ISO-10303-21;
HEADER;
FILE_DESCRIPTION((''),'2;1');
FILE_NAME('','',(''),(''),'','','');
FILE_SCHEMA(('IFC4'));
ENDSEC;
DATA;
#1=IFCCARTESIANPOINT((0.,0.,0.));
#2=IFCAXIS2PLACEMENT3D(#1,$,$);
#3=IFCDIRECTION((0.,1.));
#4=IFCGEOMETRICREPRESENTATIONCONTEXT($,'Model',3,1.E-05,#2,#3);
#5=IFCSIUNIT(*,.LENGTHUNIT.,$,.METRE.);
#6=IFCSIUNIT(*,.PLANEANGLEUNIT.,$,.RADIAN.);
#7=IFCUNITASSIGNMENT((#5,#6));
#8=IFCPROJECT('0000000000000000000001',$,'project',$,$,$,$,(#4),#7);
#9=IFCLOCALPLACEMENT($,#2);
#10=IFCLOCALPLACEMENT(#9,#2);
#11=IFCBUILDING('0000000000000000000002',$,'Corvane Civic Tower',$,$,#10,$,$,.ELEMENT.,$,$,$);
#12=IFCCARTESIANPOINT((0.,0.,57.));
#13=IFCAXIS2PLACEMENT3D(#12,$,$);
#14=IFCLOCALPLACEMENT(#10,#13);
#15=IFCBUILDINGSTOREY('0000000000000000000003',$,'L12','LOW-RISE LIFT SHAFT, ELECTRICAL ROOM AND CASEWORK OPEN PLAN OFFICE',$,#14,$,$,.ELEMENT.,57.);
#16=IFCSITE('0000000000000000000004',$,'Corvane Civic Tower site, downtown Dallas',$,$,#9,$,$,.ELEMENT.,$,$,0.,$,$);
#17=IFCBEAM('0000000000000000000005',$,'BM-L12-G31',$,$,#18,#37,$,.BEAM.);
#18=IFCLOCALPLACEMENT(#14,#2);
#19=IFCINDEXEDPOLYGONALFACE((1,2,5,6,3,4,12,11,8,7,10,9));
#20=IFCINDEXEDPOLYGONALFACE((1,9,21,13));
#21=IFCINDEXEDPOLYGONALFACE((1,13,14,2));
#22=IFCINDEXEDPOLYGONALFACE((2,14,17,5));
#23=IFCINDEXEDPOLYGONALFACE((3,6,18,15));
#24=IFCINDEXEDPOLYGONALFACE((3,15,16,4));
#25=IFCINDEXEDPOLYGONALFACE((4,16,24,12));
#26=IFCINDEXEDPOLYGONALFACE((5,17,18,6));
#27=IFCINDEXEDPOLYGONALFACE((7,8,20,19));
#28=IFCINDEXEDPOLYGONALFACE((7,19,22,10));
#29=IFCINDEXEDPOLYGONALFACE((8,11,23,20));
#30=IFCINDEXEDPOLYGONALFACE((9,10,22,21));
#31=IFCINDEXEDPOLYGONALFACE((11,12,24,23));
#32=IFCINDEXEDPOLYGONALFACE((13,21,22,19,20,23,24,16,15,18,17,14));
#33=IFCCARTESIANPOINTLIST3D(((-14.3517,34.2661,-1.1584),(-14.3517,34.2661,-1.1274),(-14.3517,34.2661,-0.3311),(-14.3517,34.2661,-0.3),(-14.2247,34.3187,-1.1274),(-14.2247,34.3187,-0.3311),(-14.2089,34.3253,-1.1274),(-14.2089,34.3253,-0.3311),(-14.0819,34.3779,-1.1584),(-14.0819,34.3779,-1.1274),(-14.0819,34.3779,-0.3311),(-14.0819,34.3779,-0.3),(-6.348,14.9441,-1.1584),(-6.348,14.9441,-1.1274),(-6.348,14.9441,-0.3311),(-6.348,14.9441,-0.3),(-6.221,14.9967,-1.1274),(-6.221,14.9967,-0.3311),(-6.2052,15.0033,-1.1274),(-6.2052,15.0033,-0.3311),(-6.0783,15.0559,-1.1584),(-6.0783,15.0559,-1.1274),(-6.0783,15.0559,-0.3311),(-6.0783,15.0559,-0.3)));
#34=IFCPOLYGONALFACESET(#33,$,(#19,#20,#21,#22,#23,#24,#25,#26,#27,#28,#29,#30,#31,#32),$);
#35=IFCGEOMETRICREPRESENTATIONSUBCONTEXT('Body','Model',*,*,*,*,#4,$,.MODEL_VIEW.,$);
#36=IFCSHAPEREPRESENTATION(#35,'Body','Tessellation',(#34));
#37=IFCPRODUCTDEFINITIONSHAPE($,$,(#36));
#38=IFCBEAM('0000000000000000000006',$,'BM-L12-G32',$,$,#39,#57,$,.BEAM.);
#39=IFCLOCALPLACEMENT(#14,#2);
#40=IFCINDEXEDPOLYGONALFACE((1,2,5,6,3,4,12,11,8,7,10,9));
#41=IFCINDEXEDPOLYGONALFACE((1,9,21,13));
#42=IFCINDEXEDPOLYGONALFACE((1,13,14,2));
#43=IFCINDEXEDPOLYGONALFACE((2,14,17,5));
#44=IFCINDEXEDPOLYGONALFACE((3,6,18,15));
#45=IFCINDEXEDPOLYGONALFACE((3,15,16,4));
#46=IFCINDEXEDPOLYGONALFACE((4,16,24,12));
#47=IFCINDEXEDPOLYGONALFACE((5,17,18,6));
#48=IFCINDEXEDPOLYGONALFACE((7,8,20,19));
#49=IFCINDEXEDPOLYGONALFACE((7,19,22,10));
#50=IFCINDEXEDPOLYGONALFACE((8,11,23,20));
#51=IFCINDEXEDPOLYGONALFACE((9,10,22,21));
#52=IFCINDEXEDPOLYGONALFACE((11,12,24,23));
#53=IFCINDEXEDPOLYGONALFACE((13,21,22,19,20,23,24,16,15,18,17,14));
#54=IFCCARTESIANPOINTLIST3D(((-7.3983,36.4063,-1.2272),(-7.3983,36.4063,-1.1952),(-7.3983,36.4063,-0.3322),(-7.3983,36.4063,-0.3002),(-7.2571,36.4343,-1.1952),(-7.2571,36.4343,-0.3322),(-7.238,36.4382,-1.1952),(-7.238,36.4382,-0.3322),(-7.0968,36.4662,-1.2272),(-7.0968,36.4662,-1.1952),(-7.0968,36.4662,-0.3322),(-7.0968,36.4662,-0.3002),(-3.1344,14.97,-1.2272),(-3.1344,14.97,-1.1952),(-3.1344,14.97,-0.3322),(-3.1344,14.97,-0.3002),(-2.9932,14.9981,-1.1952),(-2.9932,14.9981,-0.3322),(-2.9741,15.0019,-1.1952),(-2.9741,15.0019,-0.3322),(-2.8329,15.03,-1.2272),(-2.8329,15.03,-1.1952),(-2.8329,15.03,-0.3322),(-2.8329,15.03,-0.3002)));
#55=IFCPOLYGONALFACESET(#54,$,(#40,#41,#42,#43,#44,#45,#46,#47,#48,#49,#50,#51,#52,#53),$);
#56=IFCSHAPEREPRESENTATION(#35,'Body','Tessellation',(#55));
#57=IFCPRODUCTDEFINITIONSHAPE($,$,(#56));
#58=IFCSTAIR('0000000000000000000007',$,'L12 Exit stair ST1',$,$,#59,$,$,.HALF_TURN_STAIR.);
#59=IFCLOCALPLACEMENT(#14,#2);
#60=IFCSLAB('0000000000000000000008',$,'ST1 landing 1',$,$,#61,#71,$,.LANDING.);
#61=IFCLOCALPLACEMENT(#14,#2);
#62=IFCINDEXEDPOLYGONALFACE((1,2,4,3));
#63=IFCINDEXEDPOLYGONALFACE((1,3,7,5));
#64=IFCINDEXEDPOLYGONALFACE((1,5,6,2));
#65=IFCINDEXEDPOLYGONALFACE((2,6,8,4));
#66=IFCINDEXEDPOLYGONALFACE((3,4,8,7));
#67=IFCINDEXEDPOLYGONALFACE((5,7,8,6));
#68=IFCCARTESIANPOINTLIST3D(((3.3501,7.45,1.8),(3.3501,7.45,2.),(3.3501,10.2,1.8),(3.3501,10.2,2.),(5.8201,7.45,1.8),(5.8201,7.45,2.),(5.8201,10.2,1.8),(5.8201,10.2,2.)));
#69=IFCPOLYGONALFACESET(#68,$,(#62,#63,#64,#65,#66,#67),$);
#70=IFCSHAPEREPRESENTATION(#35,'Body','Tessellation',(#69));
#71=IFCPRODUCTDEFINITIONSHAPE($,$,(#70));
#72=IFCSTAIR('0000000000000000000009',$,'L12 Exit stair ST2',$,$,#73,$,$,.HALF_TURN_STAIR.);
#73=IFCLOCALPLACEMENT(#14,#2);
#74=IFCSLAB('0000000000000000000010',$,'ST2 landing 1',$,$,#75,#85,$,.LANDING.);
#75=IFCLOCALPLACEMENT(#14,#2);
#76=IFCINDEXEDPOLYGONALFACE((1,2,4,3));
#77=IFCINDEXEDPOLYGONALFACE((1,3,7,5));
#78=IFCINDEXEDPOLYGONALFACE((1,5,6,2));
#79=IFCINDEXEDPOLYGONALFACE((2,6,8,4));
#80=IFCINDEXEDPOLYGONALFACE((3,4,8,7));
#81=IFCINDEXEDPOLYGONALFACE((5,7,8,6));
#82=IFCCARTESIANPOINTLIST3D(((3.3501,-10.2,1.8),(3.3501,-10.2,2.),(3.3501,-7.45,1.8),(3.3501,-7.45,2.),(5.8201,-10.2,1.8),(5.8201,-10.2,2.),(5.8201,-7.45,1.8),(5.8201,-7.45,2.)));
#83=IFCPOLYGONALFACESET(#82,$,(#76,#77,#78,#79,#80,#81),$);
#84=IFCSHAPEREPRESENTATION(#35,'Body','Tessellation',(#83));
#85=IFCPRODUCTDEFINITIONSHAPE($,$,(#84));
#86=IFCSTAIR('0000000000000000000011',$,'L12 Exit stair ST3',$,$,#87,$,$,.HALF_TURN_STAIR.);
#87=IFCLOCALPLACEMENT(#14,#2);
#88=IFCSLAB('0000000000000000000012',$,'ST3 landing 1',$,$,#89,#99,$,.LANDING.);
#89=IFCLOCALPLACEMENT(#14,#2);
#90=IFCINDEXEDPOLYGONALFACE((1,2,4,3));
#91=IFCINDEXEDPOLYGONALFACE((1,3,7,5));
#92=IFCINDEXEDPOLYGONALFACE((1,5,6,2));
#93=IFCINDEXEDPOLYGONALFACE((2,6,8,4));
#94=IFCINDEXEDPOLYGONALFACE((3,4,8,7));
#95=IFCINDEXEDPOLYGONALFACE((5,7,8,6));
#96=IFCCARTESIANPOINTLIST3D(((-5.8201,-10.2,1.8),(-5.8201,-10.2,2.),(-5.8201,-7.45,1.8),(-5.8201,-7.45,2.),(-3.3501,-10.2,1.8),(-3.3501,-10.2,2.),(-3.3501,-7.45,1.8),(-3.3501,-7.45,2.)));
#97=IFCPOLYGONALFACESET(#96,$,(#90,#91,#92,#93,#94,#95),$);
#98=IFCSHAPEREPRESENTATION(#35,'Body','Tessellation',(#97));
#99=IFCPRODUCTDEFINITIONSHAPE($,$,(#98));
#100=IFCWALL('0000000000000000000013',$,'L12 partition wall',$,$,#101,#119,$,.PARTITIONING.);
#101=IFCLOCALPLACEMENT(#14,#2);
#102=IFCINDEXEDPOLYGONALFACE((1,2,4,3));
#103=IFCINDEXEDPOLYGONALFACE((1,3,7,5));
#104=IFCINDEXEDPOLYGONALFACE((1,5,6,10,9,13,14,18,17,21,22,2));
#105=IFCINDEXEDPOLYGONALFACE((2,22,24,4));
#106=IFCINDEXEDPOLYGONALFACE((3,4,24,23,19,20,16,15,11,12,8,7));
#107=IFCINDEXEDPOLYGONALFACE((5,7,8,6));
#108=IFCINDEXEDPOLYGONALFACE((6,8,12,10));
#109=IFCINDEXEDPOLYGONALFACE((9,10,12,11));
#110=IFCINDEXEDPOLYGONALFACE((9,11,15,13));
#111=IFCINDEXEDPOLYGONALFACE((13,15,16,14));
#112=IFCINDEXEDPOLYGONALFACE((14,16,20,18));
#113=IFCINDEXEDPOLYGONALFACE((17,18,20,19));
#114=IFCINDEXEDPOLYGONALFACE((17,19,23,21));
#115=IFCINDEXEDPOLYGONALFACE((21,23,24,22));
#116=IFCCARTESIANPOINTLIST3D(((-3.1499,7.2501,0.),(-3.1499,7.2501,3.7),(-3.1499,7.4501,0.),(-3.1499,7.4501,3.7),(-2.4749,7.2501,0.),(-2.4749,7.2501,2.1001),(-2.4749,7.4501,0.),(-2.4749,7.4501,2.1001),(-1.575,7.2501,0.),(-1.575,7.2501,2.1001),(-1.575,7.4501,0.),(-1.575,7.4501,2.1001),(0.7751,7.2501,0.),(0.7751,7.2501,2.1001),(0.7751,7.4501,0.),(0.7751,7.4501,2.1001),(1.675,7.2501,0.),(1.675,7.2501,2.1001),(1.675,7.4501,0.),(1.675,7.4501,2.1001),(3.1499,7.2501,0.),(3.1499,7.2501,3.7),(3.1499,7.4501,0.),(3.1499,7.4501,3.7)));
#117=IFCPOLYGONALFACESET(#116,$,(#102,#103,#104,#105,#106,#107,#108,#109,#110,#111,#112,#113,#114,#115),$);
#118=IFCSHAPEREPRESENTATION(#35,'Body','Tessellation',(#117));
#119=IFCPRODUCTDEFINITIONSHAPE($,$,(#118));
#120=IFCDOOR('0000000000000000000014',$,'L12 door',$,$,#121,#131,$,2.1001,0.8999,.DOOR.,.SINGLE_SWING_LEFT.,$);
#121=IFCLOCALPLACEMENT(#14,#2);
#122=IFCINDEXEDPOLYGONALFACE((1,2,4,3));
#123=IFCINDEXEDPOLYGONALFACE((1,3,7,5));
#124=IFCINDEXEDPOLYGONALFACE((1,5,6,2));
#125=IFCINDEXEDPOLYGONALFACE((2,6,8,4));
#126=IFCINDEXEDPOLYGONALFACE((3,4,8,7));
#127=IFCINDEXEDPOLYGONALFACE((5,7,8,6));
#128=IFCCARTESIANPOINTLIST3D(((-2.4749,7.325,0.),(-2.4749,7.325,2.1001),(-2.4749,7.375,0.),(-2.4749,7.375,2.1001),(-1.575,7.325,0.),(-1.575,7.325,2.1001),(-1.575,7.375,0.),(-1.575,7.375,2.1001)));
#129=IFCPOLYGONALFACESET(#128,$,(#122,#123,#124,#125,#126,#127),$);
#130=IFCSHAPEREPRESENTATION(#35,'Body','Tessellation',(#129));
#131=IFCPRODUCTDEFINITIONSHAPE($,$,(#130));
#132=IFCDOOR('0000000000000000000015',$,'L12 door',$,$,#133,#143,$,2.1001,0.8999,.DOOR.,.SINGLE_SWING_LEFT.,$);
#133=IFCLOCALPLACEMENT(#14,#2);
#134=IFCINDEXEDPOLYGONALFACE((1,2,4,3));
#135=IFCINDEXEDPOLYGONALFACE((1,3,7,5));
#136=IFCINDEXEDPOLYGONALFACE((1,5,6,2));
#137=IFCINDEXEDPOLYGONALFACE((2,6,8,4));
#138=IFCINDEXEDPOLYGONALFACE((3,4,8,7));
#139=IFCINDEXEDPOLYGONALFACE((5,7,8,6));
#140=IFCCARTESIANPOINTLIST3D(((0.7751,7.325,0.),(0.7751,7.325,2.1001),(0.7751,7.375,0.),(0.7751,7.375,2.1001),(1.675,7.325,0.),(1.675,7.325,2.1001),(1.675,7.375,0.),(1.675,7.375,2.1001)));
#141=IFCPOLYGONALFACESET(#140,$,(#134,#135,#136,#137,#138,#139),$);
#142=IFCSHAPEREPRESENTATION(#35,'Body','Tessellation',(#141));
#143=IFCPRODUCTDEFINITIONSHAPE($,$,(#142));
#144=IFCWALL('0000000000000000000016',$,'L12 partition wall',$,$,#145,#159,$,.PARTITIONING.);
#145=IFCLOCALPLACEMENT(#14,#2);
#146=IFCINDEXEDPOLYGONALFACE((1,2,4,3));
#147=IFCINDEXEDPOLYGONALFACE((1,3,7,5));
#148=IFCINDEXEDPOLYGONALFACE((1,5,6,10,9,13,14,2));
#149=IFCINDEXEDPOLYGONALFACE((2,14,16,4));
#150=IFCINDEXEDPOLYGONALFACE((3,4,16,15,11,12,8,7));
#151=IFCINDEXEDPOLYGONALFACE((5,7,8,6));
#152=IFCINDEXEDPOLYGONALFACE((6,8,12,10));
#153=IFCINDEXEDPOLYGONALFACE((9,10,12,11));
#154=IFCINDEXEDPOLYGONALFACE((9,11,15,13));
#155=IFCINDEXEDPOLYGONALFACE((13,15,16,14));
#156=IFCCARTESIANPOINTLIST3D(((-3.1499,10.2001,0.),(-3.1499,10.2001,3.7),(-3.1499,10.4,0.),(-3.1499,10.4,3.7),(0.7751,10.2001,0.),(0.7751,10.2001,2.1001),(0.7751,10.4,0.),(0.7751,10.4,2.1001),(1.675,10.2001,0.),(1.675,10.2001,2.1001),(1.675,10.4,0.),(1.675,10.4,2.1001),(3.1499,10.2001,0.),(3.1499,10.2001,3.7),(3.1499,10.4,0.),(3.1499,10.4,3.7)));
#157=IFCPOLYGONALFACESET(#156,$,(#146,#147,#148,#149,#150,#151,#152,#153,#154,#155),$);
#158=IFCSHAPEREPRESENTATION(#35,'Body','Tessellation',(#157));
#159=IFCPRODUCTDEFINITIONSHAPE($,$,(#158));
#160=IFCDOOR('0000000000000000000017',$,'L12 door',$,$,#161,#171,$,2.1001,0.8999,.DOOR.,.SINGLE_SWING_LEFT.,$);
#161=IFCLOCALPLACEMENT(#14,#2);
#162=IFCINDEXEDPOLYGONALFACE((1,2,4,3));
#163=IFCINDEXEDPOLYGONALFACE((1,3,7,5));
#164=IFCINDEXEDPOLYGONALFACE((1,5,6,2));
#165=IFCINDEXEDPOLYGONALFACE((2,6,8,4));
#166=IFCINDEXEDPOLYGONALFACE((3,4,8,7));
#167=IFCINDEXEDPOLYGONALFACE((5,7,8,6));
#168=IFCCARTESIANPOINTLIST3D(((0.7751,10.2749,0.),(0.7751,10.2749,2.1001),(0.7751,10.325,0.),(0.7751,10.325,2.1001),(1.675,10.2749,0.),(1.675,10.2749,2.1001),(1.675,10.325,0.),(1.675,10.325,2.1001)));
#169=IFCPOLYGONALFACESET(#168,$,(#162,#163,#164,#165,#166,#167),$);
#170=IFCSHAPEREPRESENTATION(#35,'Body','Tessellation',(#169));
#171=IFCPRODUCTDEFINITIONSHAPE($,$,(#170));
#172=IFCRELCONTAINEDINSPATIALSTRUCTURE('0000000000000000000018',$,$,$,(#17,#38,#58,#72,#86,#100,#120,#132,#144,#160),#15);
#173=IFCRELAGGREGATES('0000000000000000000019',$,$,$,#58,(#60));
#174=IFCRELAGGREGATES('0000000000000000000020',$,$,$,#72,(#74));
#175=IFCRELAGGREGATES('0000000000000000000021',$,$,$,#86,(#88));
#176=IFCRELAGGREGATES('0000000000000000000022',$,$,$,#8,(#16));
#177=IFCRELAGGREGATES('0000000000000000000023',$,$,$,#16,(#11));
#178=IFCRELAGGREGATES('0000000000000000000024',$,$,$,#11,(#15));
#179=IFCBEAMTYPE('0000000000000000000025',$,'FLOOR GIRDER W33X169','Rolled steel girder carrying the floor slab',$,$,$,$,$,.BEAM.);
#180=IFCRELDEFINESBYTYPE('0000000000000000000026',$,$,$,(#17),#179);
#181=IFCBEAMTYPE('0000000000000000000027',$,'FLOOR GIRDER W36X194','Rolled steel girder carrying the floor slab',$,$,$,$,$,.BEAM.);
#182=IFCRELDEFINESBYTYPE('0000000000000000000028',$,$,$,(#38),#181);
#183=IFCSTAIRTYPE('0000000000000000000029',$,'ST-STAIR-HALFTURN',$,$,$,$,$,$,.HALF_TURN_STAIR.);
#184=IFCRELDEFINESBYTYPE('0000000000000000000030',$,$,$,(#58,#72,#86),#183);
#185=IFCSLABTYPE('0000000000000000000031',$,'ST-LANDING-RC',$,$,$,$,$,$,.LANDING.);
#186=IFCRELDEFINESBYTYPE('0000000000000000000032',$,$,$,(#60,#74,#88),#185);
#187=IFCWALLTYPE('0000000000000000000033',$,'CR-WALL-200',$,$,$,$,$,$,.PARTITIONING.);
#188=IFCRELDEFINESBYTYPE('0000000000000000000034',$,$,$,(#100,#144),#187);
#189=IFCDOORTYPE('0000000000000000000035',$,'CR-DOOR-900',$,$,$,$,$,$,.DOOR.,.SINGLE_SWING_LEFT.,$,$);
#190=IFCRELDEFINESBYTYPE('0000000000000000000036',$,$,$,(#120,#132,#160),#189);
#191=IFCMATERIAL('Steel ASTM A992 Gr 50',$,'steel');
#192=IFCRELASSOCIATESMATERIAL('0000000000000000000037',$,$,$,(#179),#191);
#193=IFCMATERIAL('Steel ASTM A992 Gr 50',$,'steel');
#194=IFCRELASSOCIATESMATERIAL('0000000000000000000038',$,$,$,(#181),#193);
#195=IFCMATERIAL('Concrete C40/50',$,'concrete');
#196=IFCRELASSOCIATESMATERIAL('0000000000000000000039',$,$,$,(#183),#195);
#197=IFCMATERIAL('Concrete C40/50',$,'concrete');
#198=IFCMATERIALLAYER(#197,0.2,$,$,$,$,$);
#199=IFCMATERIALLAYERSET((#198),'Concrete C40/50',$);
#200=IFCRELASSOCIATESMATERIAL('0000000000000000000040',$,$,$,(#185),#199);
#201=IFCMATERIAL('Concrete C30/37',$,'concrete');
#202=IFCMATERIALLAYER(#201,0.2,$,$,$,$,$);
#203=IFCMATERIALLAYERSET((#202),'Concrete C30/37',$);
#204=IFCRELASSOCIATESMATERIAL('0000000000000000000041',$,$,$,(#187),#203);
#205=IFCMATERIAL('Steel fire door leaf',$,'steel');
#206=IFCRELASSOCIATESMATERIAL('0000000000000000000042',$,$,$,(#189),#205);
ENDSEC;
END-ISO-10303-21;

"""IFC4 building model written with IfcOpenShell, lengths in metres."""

from ifc_helpers import new_model, si_unit, direction, frame, frame_2d, origin, origin_2d, place, context, subcontext, project, spatial, polyline, rectangle, i_section, outline, extrude, material, layer, layer_set, material_profile, profile_set, type_object, element, fill, aggregate, save


model = new_model("IFC4")

# Units and contexts
model_context = context("Model", 3, precision=1e-05, world=origin(), true_north=direction((0.0, 1.0)))
body_context = subcontext(model_context, "Body", "Model", "MODEL_VIEW")
ifc_project = project(units=[si_unit("LENGTHUNIT", "METRE"), si_unit("PLANEANGLEUNIT", "RADIAN")], contexts=[model_context])

# Site, building, storey
site_placement = place(None, origin())
site = spatial("IfcSite", under=ifc_project, at=site_placement, Name="Corvane Civic Tower site, downtown Dallas", CompositionType="ELEMENT", RefElevation=0.0)
building_placement = place(site_placement, origin())
building = spatial("IfcBuilding", under=site, at=building_placement, Name="Corvane Civic Tower", CompositionType="ELEMENT")
storey_placement = place(building_placement, frame((0.0, 0.0, 57.0)))
storey = spatial("IfcBuildingStorey", under=building, at=storey_placement, Name="L12", Description="LOW-RISE LIFT SHAFT, ELECTRICAL ROOM AND CASEWORK OPEN PLAN OFFICE", CompositionType="ELEMENT", Elevation=57.0)

# Beams
ifc_material_1 = material(Name="Steel ASTM A992 Gr 50", Category="steel")
ifc_material_profile_1 = material_profile(ifc_material_1, i_section(OverallWidth=0.292, OverallDepth=0.8584, WebThickness=0.0171, FlangeThickness=0.031, at=origin_2d()), Name="W33X169")
ifc_profile_set_1 = profile_set([ifc_material_profile_1], Name="Steel ASTM A992 Gr 50")
beam_type_1 = type_object("IfcBeamType", Name="FLOOR GIRDER W33X169", Description="Rolled steel girder carrying the floor slab", PredefinedType="BEAM", material=ifc_profile_set_1)
beam_1_placement = place(storey_placement, frame((-6.2131, 15.0, -0.7292), z_axis=(-0.382692, 0.923876, 0.0), x_axis=(-0.923876, -0.382692, 0.0)))
element("IfcBeam", 1, at=beam_1_placement, inside=storey, type_object=beam_type_1, Name="BM-L12-G31", PredefinedType="BEAM", context=body_context, shape_type="SweptSolid", body=[
    extrude(i_section(OverallWidth=0.292, OverallDepth=0.8584, WebThickness=0.0171, FlangeThickness=0.031, at=origin_2d()), origin(), (0.0, 0.0, 1.0), 20.9141),
])
ifc_material_2 = material(Name="Steel ASTM A992 Gr 50", Category="steel")
ifc_material_profile_2 = material_profile(ifc_material_2, i_section(OverallWidth=0.3074, OverallDepth=0.927, WebThickness=0.0195, FlangeThickness=0.032, at=origin_2d()), Name="W36X194")
ifc_profile_set_2 = profile_set([ifc_material_profile_2], Name="Steel ASTM A992 Gr 50")
beam_type_2 = type_object("IfcBeamType", Name="FLOOR GIRDER W36X194", Description="Rolled steel girder carrying the floor slab", PredefinedType="BEAM", material=ifc_profile_set_2)
beam_2_placement = place(storey_placement, frame((-2.9836, 15.0, -0.7637), z_axis=(-0.195089, 0.980785, 0.0), x_axis=(-0.980785, -0.195089, 0.0)))
element("IfcBeam", 2, at=beam_2_placement, inside=storey, type_object=beam_type_2, Name="BM-L12-G32", PredefinedType="BEAM", context=body_context, shape_type="SweptSolid", body=[
    extrude(i_section(OverallWidth=0.3074, OverallDepth=0.927, WebThickness=0.0195, FlangeThickness=0.032, at=origin_2d()), origin(), (0.0, 0.0, 1.0), 21.8562),
])

# Stairs, slabs
ifc_material_3 = material(Name="Concrete C40/50", Category="concrete")
stair_type = type_object("IfcStairType", Name="ST-STAIR-HALFTURN", PredefinedType="HALF_TURN_STAIR", material=ifc_material_3)
stair_1_placement = place(storey_placement, origin())
stair_1 = element("IfcStair", 3, at=stair_1_placement, inside=storey, type_object=stair_type, Name="L12 Exit stair ST1", PredefinedType="HALF_TURN_STAIR")
ifc_material_4 = material(Name="Concrete C40/50", Category="concrete")
ifc_layer_1 = layer(ifc_material_4, 0.2)
ifc_layer_set_1 = layer_set([ifc_layer_1], Name="Concrete C40/50")
slab_type = type_object("IfcSlabType", Name="ST-LANDING-RC", PredefinedType="LANDING", material=ifc_layer_set_1)
slab_1_placement = place(storey_placement, frame((0.0, 0.0, 1.8)))
slab_1 = element("IfcSlab", 4, at=slab_1_placement, type_object=slab_type, Name="ST1 landing 1", PredefinedType="LANDING", context=body_context, shape_type="SweptSolid", body=[
    extrude(outline(polyline([(5.8201, 10.2), (3.3501, 10.2), (3.3501, 7.45), (5.8201, 7.45), (5.8201, 10.2)])), origin(), (0.0, 0.0, 1.0), 0.2),
])
aggregate(stair_1, [slab_1])
stair_2_placement = place(storey_placement, origin())
stair_2 = element("IfcStair", 5, at=stair_2_placement, inside=storey, type_object=stair_type, Name="L12 Exit stair ST2", PredefinedType="HALF_TURN_STAIR")
slab_2_placement = place(storey_placement, frame((0.0, 0.0, 1.8)))
slab_2 = element("IfcSlab", 6, at=slab_2_placement, type_object=slab_type, Name="ST2 landing 1", PredefinedType="LANDING", context=body_context, shape_type="SweptSolid", body=[
    extrude(outline(polyline([(5.8201, -7.45), (3.3501, -7.45), (3.3501, -10.2), (5.8201, -10.2), (5.8201, -7.45)])), origin(), (0.0, 0.0, 1.0), 0.2),
])
aggregate(stair_2, [slab_2])
stair_3_placement = place(storey_placement, origin())
stair_3 = element("IfcStair", 7, at=stair_3_placement, inside=storey, type_object=stair_type, Name="L12 Exit stair ST3", PredefinedType="HALF_TURN_STAIR")
slab_3_placement = place(storey_placement, frame((0.0, 0.0, 1.8)))
slab_3 = element("IfcSlab", 8, at=slab_3_placement, type_object=slab_type, Name="ST3 landing 1", PredefinedType="LANDING", context=body_context, shape_type="SweptSolid", body=[
    extrude(outline(polyline([(-5.8201, -10.2), (-3.3501, -10.2), (-3.3501, -7.45), (-5.8201, -7.45), (-5.8201, -10.2)])), origin(), (0.0, 0.0, 1.0), 0.2),
])
aggregate(stair_3, [slab_3])

# Wall, openings, doors
ifc_material_5 = material(Name="Concrete C30/37", Category="concrete")
ifc_layer_2 = layer(ifc_material_5, 0.2)
ifc_layer_set_2 = layer_set([ifc_layer_2], Name="Concrete C30/37")
wall_type = type_object("IfcWallType", Name="CR-WALL-200", PredefinedType="PARTITIONING", material=ifc_layer_set_2)
wall_1_placement = place(storey_placement, frame((-3.1499, 7.3501, 0.0), z_axis=(0.0, 0.0, 1.0), x_axis=(1.0, 0.0, 0.0)))
wall_1 = element("IfcWall", 9, at=wall_1_placement, inside=storey, type_object=wall_type, Name="L12 partition wall", PredefinedType="PARTITIONING", context=body_context, shape_type="SweptSolid", body=[
    extrude(rectangle(XDim=6.2998, YDim=0.2, at=frame_2d((3.1499, 0.0))), origin(), (0.0, 0.0, 1.0), 3.7),
])
opening_1_placement = place(wall_1_placement, frame((0.675, 0.0, 0.0)))
opening_1 = element("IfcOpeningElement", 10, at=opening_1_placement, cuts=wall_1, PredefinedType="OPENING", context=body_context, shape_type="SweptSolid", body=[
    extrude(rectangle(XDim=0.8999, YDim=2.1001, at=frame_2d((0.45, 1.05))), frame((0.0, 0.1099, 0.0), z_axis=(0.0, -1.0, 0.0), x_axis=(1.0, 0.0, 0.0)), (0.0, 0.0, 1.0), 0.22),
])
opening_2_placement = place(wall_1_placement, frame((3.925, 0.0, 0.0)))
opening_2 = element("IfcOpeningElement", 11, at=opening_2_placement, cuts=wall_1, PredefinedType="OPENING", context=body_context, shape_type="SweptSolid", body=[
    extrude(rectangle(XDim=0.8999, YDim=2.1001, at=frame_2d((0.45, 1.05))), frame((0.0, 0.1099, 0.0), z_axis=(0.0, -1.0, 0.0), x_axis=(1.0, 0.0, 0.0)), (0.0, 0.0, 1.0), 0.22),
])
ifc_material_6 = material(Name="Steel fire door leaf", Category="steel")
door_type = type_object("IfcDoorType", Name="CR-DOOR-900", OperationType="SINGLE_SWING_LEFT", PredefinedType="DOOR", material=ifc_material_6)
door_1_placement = place(opening_1_placement, origin())
door_1 = element("IfcDoor", 12, at=door_1_placement, inside=storey, type_object=door_type, Name="L12 door", OperationType="SINGLE_SWING_LEFT", OverallHeight=2.1001, OverallWidth=0.8999, PredefinedType="DOOR", context=body_context, shape_type="SweptSolid", body=[
    extrude(rectangle(XDim=0.8999, YDim=2.1001, at=frame_2d((0.45, 1.05))), frame((0.0, 0.0249, 0.0), z_axis=(0.0, -1.0, 0.0), x_axis=(1.0, 0.0, 0.0)), (0.0, 0.0, 1.0), 0.05),
])
fill(opening_1, door_1)
door_2_placement = place(opening_2_placement, origin())
door_2 = element("IfcDoor", 13, at=door_2_placement, inside=storey, type_object=door_type, Name="L12 door", OperationType="SINGLE_SWING_LEFT", OverallHeight=2.1001, OverallWidth=0.8999, PredefinedType="DOOR", context=body_context, shape_type="SweptSolid", body=[
    extrude(rectangle(XDim=0.8999, YDim=2.1001, at=frame_2d((0.45, 1.05))), frame((0.0, 0.0249, 0.0), z_axis=(0.0, -1.0, 0.0), x_axis=(1.0, 0.0, 0.0)), (0.0, 0.0, 1.0), 0.05),
])
fill(opening_2, door_2)

# Wall, opening, door
wall_2_placement = place(storey_placement, frame((-3.1499, 10.3, 0.0), z_axis=(0.0, 0.0, 1.0), x_axis=(1.0, 0.0, 0.0)))
wall_2 = element("IfcWall", 14, at=wall_2_placement, inside=storey, type_object=wall_type, Name="L12 partition wall", PredefinedType="PARTITIONING", context=body_context, shape_type="SweptSolid", body=[
    extrude(rectangle(XDim=6.2998, YDim=0.2, at=frame_2d((3.1499, 0.0))), origin(), (0.0, 0.0, 1.0), 3.7),
])
opening_3_placement = place(wall_2_placement, frame((3.925, 0.0, 0.0)))
opening_3 = element("IfcOpeningElement", 15, at=opening_3_placement, cuts=wall_2, PredefinedType="OPENING", context=body_context, shape_type="SweptSolid", body=[
    extrude(rectangle(XDim=0.8999, YDim=2.1001, at=frame_2d((0.45, 1.05))), frame((0.0, 0.1099, 0.0), z_axis=(0.0, -1.0, 0.0), x_axis=(1.0, 0.0, 0.0)), (0.0, 0.0, 1.0), 0.22),
])
door_3_placement = place(opening_3_placement, origin())
door_3 = element("IfcDoor", 16, at=door_3_placement, inside=storey, type_object=door_type, Name="L12 door", OperationType="SINGLE_SWING_LEFT", OverallHeight=2.1001, OverallWidth=0.8999, PredefinedType="DOOR", context=body_context, shape_type="SweptSolid", body=[
    extrude(rectangle(XDim=0.8999, YDim=2.1001, at=frame_2d((0.45, 1.05))), frame((0.0, 0.0249, 0.0), z_axis=(0.0, -1.0, 0.0), x_axis=(1.0, 0.0, 0.0)), (0.0, 0.0, 1.0), 0.05),
])
fill(opening_3, door_3)

save(model, "model.ifc")
